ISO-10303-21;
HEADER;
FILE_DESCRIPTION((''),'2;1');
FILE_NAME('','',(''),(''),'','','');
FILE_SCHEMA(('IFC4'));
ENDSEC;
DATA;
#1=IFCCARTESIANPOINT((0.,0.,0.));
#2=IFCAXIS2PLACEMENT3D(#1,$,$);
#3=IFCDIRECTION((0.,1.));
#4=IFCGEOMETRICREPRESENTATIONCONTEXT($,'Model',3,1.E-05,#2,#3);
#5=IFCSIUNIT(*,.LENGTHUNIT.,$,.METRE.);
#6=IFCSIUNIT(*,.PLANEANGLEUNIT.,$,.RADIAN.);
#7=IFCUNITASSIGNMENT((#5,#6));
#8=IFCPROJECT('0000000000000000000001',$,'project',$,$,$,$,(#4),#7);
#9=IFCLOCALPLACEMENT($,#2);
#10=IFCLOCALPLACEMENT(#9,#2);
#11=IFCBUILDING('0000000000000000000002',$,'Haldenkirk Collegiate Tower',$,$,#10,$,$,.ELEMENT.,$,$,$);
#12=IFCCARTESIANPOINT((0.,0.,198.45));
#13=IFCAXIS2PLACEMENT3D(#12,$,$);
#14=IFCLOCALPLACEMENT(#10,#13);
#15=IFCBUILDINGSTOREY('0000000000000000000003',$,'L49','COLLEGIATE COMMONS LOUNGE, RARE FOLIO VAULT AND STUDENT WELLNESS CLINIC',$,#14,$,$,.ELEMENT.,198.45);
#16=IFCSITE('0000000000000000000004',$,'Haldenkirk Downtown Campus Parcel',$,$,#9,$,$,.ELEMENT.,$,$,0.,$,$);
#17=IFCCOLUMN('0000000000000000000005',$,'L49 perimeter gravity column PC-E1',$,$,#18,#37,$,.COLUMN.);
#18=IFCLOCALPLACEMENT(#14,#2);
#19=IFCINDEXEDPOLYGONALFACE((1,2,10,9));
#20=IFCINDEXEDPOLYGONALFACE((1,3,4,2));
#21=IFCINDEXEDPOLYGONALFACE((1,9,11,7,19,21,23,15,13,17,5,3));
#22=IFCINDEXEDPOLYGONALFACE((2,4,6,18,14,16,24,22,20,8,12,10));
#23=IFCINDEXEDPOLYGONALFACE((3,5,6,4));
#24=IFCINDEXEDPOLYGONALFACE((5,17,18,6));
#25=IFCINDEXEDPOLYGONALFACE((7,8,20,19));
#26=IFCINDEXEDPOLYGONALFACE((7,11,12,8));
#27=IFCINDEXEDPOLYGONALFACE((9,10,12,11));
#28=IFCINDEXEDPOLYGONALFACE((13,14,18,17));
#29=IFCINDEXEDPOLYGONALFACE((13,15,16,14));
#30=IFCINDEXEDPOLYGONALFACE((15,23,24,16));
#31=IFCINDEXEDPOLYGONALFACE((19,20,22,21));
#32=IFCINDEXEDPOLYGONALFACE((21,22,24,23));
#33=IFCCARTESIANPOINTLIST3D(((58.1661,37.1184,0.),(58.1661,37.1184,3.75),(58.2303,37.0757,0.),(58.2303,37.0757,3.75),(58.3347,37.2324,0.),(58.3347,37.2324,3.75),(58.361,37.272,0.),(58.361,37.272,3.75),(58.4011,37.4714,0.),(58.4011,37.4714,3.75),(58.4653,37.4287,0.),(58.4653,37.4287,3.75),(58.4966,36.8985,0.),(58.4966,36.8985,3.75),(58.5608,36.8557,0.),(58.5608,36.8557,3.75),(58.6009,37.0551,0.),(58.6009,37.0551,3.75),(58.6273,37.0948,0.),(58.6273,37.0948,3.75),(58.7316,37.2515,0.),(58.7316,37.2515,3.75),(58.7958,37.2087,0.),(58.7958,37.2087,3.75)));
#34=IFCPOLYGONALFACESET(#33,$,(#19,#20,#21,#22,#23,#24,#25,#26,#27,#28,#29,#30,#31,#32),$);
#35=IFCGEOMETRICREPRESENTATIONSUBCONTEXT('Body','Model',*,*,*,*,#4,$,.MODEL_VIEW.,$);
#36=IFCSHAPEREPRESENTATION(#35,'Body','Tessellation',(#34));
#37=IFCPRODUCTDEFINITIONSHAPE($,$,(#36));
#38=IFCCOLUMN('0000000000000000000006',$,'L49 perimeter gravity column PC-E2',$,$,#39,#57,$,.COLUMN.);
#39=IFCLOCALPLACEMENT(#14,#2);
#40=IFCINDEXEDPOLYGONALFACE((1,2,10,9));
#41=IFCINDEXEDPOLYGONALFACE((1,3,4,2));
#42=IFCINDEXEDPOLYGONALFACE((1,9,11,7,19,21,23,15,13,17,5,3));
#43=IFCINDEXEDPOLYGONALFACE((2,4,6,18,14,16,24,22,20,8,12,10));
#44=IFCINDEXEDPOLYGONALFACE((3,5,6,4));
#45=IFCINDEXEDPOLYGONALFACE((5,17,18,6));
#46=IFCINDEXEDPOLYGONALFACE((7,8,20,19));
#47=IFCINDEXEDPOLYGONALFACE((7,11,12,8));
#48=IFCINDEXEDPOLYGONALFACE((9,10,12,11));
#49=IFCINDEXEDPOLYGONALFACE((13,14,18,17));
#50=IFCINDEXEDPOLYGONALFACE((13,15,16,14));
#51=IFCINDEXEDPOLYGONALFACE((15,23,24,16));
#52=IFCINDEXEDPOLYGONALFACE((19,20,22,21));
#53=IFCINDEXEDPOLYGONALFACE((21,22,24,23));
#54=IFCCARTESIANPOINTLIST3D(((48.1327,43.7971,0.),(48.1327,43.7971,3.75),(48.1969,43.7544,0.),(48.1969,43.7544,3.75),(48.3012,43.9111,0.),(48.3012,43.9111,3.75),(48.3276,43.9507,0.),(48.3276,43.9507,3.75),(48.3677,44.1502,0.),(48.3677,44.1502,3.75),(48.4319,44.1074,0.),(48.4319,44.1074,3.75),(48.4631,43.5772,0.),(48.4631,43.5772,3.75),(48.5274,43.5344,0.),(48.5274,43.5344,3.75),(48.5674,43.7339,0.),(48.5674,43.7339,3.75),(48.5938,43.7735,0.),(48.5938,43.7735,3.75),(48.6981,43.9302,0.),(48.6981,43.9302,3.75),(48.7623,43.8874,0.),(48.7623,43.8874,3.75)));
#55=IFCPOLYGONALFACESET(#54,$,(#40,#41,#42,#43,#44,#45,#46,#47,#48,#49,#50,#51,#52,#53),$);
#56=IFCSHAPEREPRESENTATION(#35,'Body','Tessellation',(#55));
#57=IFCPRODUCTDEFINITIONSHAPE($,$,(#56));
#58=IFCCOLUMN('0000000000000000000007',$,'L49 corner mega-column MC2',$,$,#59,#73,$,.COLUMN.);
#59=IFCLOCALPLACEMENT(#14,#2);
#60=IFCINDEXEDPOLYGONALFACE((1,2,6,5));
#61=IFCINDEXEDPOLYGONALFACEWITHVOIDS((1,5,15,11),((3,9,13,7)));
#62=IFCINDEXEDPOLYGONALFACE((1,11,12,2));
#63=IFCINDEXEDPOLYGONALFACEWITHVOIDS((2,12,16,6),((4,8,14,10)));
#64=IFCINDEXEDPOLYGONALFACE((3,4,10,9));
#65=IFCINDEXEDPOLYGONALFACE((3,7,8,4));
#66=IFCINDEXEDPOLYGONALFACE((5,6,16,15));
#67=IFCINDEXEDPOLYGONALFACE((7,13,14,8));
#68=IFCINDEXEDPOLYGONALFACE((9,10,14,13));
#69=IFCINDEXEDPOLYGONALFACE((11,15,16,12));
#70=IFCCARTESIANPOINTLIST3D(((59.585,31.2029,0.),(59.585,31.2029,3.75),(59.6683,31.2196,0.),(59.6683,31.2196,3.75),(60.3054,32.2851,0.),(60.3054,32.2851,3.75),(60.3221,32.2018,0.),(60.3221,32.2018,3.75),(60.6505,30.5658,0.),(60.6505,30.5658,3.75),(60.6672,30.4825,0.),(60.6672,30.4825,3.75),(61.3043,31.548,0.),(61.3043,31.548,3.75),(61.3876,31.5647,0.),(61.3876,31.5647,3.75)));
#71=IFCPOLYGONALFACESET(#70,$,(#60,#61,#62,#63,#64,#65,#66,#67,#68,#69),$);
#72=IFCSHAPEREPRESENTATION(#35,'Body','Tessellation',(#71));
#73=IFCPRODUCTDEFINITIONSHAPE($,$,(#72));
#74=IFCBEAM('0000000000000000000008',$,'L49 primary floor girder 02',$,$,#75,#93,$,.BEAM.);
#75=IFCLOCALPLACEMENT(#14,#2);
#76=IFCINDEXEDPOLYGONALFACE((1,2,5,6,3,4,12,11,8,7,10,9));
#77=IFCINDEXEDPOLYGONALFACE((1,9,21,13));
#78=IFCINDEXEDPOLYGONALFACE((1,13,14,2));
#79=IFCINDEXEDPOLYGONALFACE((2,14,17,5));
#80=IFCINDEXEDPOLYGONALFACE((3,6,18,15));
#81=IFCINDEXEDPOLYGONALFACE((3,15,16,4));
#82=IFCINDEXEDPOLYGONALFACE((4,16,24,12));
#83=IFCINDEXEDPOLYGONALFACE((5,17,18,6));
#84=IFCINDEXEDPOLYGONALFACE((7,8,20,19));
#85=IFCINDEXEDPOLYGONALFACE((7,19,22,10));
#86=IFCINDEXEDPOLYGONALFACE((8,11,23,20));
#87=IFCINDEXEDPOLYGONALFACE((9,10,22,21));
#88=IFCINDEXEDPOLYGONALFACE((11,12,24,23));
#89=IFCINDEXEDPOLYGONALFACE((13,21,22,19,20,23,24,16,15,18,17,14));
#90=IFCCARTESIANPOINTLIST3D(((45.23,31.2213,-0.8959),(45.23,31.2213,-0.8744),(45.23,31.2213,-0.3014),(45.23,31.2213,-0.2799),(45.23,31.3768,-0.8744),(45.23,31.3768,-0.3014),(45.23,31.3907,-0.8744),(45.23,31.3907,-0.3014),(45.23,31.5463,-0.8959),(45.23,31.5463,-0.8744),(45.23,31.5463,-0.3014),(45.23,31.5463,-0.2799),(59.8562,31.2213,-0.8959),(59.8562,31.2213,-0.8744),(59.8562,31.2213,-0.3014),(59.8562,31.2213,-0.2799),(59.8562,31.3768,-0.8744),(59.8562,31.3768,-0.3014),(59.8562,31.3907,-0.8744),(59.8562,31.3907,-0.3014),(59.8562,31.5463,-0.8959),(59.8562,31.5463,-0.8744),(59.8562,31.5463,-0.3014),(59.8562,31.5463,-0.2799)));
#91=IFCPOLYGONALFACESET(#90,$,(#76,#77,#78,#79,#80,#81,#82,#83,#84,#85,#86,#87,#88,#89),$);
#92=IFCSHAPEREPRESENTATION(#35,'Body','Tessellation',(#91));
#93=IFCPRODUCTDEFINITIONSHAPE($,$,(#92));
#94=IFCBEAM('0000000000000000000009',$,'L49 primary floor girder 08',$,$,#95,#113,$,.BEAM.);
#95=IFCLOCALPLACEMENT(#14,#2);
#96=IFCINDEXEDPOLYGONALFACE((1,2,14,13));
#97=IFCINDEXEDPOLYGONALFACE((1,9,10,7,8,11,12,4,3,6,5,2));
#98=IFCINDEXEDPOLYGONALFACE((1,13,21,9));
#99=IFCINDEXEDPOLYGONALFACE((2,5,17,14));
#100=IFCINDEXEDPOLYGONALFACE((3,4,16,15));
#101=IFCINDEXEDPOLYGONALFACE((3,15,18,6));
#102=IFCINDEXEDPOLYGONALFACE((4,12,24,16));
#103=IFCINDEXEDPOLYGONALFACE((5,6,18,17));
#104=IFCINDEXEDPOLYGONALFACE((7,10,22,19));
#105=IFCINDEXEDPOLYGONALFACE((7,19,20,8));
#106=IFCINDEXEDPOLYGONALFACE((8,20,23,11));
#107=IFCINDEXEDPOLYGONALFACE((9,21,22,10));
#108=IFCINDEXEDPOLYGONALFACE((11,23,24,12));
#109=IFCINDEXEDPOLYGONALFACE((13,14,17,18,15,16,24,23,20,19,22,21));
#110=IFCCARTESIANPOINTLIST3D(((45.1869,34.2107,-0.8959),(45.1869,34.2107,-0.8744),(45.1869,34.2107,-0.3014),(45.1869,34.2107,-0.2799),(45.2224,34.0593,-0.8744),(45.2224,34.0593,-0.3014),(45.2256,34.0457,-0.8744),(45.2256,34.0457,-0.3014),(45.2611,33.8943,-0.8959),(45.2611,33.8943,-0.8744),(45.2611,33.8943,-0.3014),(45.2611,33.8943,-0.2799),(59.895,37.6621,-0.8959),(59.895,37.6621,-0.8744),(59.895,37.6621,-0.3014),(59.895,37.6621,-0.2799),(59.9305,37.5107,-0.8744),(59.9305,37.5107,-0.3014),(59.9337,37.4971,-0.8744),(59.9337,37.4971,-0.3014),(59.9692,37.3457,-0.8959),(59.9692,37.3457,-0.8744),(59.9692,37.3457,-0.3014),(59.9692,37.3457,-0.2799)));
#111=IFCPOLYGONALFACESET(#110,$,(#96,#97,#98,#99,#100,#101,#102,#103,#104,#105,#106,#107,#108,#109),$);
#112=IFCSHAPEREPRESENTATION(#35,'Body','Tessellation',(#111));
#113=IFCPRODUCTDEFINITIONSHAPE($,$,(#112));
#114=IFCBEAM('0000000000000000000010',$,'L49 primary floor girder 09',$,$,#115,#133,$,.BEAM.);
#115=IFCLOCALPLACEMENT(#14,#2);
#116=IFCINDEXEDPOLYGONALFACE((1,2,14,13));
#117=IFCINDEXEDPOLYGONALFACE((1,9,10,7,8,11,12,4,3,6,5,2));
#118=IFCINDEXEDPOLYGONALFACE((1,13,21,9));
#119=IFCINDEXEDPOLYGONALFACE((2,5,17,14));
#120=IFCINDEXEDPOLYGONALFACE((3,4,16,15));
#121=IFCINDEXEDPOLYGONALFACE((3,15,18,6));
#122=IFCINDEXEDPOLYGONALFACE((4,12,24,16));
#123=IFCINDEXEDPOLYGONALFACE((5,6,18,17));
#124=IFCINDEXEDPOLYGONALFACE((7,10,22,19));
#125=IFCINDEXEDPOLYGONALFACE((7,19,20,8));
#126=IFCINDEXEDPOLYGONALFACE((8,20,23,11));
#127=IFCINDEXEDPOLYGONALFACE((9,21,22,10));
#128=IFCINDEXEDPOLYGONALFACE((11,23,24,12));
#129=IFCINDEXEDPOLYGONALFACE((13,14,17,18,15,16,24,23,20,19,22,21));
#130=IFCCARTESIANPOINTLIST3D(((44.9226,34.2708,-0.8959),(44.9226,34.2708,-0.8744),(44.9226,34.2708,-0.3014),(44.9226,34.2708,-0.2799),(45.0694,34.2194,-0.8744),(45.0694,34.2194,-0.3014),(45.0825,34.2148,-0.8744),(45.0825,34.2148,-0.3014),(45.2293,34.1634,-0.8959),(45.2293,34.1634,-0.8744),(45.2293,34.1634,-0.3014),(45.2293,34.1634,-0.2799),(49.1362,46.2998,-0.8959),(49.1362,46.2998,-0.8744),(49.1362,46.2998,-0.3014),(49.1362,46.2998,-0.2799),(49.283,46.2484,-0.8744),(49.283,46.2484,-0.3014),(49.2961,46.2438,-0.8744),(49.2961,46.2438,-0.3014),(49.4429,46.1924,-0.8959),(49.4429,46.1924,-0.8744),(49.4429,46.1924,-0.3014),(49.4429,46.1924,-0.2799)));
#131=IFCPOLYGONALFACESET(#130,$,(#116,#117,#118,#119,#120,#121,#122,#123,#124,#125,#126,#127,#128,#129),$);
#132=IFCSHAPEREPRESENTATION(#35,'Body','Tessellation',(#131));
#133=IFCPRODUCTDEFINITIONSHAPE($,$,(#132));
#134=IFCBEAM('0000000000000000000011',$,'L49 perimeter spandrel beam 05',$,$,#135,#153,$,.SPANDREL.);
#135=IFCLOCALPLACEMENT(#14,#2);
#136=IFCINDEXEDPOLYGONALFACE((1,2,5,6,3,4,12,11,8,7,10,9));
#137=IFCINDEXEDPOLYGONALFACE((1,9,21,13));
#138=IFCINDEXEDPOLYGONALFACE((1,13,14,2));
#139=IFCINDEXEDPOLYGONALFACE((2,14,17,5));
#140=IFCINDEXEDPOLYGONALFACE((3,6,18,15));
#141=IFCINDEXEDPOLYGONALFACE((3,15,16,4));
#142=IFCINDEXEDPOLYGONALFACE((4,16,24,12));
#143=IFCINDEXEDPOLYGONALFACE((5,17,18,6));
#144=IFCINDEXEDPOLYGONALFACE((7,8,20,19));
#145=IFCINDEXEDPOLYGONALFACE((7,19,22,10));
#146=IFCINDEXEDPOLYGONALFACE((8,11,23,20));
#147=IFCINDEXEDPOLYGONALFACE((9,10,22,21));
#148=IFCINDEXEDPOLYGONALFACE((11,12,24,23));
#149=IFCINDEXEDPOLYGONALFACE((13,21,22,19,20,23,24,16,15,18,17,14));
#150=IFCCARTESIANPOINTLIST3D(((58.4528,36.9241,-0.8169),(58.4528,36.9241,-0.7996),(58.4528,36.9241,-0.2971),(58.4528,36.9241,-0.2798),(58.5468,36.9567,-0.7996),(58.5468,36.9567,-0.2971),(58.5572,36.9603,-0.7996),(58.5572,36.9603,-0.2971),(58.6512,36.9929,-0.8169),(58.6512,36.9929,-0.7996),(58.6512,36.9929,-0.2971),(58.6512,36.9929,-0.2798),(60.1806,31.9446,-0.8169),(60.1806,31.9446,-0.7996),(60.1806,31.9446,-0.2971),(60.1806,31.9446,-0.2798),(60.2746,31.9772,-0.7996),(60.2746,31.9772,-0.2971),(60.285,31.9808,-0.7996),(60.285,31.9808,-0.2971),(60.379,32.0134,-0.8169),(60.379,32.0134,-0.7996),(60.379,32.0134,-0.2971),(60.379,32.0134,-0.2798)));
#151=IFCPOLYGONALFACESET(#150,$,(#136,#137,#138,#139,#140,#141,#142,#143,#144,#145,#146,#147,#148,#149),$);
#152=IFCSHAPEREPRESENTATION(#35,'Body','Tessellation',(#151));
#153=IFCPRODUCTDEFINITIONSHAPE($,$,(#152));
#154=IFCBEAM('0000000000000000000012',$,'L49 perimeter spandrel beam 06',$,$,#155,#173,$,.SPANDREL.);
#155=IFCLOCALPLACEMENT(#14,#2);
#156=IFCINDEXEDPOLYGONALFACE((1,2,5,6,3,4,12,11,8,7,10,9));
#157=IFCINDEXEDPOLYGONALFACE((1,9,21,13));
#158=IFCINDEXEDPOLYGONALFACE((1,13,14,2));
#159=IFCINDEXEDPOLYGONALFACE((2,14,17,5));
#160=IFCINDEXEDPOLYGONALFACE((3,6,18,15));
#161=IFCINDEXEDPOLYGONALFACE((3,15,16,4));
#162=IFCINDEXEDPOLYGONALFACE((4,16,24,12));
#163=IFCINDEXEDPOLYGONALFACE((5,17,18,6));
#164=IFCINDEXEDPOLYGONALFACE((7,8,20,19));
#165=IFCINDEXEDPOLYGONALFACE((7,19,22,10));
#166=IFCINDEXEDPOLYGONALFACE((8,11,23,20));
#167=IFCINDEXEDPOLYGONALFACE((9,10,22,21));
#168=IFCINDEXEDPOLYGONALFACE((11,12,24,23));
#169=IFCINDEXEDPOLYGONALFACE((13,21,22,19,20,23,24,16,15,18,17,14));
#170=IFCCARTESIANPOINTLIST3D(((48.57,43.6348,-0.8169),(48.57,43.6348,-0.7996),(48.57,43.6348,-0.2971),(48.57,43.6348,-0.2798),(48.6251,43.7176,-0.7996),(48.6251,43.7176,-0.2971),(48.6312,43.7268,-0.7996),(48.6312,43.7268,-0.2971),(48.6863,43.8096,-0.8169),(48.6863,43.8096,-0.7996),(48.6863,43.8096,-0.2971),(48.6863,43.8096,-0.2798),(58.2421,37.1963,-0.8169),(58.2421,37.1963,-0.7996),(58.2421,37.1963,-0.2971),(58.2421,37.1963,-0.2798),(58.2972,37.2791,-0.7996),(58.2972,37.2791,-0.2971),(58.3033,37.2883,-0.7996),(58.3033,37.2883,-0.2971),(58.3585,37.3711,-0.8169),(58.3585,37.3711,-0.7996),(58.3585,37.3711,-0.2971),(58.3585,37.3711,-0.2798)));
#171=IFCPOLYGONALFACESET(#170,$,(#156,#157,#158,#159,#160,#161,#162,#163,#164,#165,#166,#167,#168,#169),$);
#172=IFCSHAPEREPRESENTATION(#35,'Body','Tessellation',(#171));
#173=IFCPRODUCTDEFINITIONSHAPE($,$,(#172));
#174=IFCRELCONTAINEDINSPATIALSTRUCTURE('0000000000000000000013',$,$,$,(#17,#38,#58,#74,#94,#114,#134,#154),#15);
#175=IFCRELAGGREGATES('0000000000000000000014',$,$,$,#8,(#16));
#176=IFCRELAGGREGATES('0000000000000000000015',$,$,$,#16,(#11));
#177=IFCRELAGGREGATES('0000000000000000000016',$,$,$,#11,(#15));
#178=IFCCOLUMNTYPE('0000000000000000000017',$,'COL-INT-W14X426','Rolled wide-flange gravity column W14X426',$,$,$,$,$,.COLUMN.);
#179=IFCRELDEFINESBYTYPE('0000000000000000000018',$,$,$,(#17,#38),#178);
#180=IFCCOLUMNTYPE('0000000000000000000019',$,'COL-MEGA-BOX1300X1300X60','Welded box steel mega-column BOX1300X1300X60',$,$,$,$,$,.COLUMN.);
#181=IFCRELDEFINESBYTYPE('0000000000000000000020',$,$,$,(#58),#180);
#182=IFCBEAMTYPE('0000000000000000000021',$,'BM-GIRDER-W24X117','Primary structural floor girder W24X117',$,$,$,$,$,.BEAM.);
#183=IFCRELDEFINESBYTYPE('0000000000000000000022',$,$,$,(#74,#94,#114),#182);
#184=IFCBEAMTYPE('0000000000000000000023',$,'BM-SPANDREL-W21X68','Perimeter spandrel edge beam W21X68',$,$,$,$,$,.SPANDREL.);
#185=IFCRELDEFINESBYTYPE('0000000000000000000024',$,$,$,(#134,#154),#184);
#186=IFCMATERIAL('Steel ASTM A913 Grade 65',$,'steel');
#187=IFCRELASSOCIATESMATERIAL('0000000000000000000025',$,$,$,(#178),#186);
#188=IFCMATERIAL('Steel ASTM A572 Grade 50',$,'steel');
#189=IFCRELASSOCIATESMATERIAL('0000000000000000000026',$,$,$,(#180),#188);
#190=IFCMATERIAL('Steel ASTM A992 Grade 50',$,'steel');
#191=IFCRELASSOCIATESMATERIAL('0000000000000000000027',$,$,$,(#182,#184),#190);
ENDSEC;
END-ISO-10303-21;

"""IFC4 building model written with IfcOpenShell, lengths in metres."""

from ifc_helpers import new_model, si_unit, direction, frame, origin, origin_2d, place, context, subcontext, project, spatial, hollow_rectangle, i_section, extrude, material, material_profile, profile_set, type_object, element, save


model = new_model("IFC4")

# Units and contexts
model_context = context("Model", 3, precision=1e-05, world=origin(), true_north=direction((0.0, 1.0)))
body_context = subcontext(model_context, "Body", "Model", "MODEL_VIEW")
ifc_project = project(units=[si_unit("LENGTHUNIT", "METRE"), si_unit("PLANEANGLEUNIT", "RADIAN")], contexts=[model_context])

# Site, building, storey
site_placement = place(None, origin())
site = spatial("IfcSite", under=ifc_project, at=site_placement, Name="Haldenkirk Downtown Campus Parcel", CompositionType="ELEMENT", RefElevation=0.0)
building_placement = place(site_placement, origin())
building = spatial("IfcBuilding", under=site, at=building_placement, Name="Haldenkirk Collegiate Tower", CompositionType="ELEMENT")
storey_placement = place(building_placement, frame((0.0, 0.0, 198.45)))
storey = spatial("IfcBuildingStorey", under=building, at=storey_placement, Name="L49", Description="COLLEGIATE COMMONS LOUNGE, RARE FOLIO VAULT AND STUDENT WELLNESS CLINIC", CompositionType="ELEMENT", Elevation=198.45)

# Columns
ifc_material_1 = material(Name="Steel ASTM A913 Grade 65", Category="steel")
ifc_material_profile_1 = material_profile(ifc_material_1, i_section(OverallWidth=0.4241, OverallDepth=0.4741, WebThickness=0.0476, FlangeThickness=0.0771, at=origin_2d()), Name="W14X426")
ifc_profile_set_1 = profile_set([ifc_material_profile_1], Name="Steel ASTM A913 Grade 65")
column_type_1 = type_object("IfcColumnType", Name="COL-INT-W14X426", Description="Rolled wide-flange gravity column W14X426", PredefinedType="COLUMN", material=ifc_profile_set_1)
for number, where, z_axis, x_axis, name in (
    (1, (58.481, 37.1636, 0.0), (0.0, 0.0, 1.0), (0.554118, 0.832438, 0.0), "L49 perimeter gravity column PC-E1"),
    (2, (48.4475, 43.8423, 0.0), (0.0, 0.0, 1.0), (0.554118, 0.832438, 0.0), "L49 perimeter gravity column PC-E2"),
):
    element("IfcColumn", number, at=place(storey_placement, frame(where, z_axis=z_axis, x_axis=x_axis)), inside=storey, type_object=column_type_1, Name=name, PredefinedType="COLUMN", context=body_context, shape_type="SweptSolid", body=[
        extrude(i_section(OverallWidth=0.4241, OverallDepth=0.4741, WebThickness=0.0476, FlangeThickness=0.0771, at=origin_2d()), origin(), (0.0, 0.0, 1.0), 3.75),
    ])
ifc_material_2 = material(Name="Steel ASTM A572 Grade 50", Category="steel")
ifc_material_profile_2 = material_profile(ifc_material_2, hollow_rectangle(XDim=1.3, YDim=1.3, WallThickness=0.0601, at=origin_2d()), Name="BOX1300X1300X60")
ifc_profile_set_2 = profile_set([ifc_material_profile_2], Name="Steel ASTM A572 Grade 50")
column_type_2 = type_object("IfcColumnType", Name="COL-MEGA-BOX1300X1300X60", Description="Welded box steel mega-column BOX1300X1300X60", PredefinedType="COLUMN", material=ifc_profile_set_2)
column_placement = place(storey_placement, frame((60.4863, 31.3838, 0.0), z_axis=(0.0, 0.0, 1.0), x_axis=(0.554118, 0.832438, 0.0)))
element("IfcColumn", 3, at=column_placement, inside=storey, type_object=column_type_2, Name="L49 corner mega-column MC2", PredefinedType="COLUMN", context=body_context, shape_type="SweptSolid", body=[
    extrude(hollow_rectangle(XDim=1.3, YDim=1.3, WallThickness=0.0601, at=origin_2d()), origin(), (0.0, 0.0, 1.0), 3.75),
])

# Beams
ifc_material_3 = material(Name="Steel ASTM A992 Grade 50", Category="steel")
ifc_material_profile_3 = material_profile(ifc_material_3, i_section(OverallWidth=0.325, OverallDepth=0.616, WebThickness=0.0139, FlangeThickness=0.0215, at=origin_2d()), Name="W24X117")
ifc_profile_set_3 = profile_set([ifc_material_profile_3], Name="Steel ASTM A992 Grade 50")
beam_type_1 = type_object("IfcBeamType", Name="BM-GIRDER-W24X117", Description="Primary structural floor girder W24X117", PredefinedType="BEAM", material=ifc_profile_set_3)
beam_1_placement = place(storey_placement, frame((59.8562, 31.3838, -0.5879), z_axis=(-1.0, 0.0, 0.0), x_axis=(0.0, -1.0, 0.0)))
element("IfcBeam", 4, at=beam_1_placement, inside=storey, type_object=beam_type_1, Name="L49 primary floor girder 02", PredefinedType="BEAM", context=body_context, shape_type="SweptSolid", body=[
    extrude(i_section(OverallWidth=0.325, OverallDepth=0.616, WebThickness=0.0139, FlangeThickness=0.0215, at=origin_2d()), origin(), (0.0, 0.0, 1.0), 14.6262),
])
beam_2_placement = place(storey_placement, frame((59.9321, 37.5039, -0.5879), z_axis=(-0.973555, -0.228453, 0.0), x_axis=(0.228453, -0.973555, 0.0)))
element("IfcBeam", 5, at=beam_2_placement, inside=storey, type_object=beam_type_1, Name="L49 primary floor girder 08", PredefinedType="BEAM", context=body_context, shape_type="SweptSolid", body=[
    extrude(i_section(OverallWidth=0.325, OverallDepth=0.616, WebThickness=0.0139, FlangeThickness=0.0215, at=origin_2d()), origin(), (0.0, 0.0, 1.0), 15.1077),
])
beam_3_placement = place(storey_placement, frame((49.2896, 46.2461, -0.5879), z_axis=(-0.330592, -0.943774, 0.0), x_axis=(0.943774, -0.330592, 0.0)))
element("IfcBeam", 6, at=beam_3_placement, inside=storey, type_object=beam_type_1, Name="L49 primary floor girder 09", PredefinedType="BEAM", context=body_context, shape_type="SweptSolid", body=[
    extrude(i_section(OverallWidth=0.325, OverallDepth=0.616, WebThickness=0.0139, FlangeThickness=0.0215, at=origin_2d()), origin(), (0.0, 0.0, 1.0), 12.7456),
])
ifc_material_profile_4 = material_profile(ifc_material_3, i_section(OverallWidth=0.21, OverallDepth=0.5371, WebThickness=0.011, FlangeThickness=0.0173, at=origin_2d()), Name="W21X68")
ifc_profile_set_4 = profile_set([ifc_material_profile_4], Name="Steel ASTM A992 Grade 50")
beam_type_2 = type_object("IfcBeamType", Name="BM-SPANDREL-W21X68", Description="Perimeter spandrel edge beam W21X68", PredefinedType="SPANDREL", material=ifc_profile_set_4)
beam_4_placement = place(storey_placement, frame((60.2798, 31.979, -0.5483), z_axis=(-0.327807, 0.944745, 0.0), x_axis=(-0.944745, -0.327807, 0.0)))
element("IfcBeam", 7, at=beam_4_placement, inside=storey, type_object=beam_type_2, Name="L49 perimeter spandrel beam 05", PredefinedType="SPANDREL", context=body_context, shape_type="SweptSolid", body=[
    extrude(i_section(OverallWidth=0.21, OverallDepth=0.5371, WebThickness=0.011, FlangeThickness=0.0173, at=origin_2d()), origin(), (0.0, 0.0, 1.0), 5.2708),
])
beam_5_placement = place(storey_placement, frame((58.3003, 37.2837, -0.5483), z_axis=(-0.832432, 0.554128, 0.0), x_axis=(-0.554128, -0.832432, 0.0)))
element("IfcBeam", 8, at=beam_5_placement, inside=storey, type_object=beam_type_2, Name="L49 perimeter spandrel beam 06", PredefinedType="SPANDREL", context=body_context, shape_type="SweptSolid", body=[
    extrude(i_section(OverallWidth=0.21, OverallDepth=0.5371, WebThickness=0.011, FlangeThickness=0.0173, at=origin_2d()), origin(), (0.0, 0.0, 1.0), 11.6191),
])

save(model, "model.ifc")
